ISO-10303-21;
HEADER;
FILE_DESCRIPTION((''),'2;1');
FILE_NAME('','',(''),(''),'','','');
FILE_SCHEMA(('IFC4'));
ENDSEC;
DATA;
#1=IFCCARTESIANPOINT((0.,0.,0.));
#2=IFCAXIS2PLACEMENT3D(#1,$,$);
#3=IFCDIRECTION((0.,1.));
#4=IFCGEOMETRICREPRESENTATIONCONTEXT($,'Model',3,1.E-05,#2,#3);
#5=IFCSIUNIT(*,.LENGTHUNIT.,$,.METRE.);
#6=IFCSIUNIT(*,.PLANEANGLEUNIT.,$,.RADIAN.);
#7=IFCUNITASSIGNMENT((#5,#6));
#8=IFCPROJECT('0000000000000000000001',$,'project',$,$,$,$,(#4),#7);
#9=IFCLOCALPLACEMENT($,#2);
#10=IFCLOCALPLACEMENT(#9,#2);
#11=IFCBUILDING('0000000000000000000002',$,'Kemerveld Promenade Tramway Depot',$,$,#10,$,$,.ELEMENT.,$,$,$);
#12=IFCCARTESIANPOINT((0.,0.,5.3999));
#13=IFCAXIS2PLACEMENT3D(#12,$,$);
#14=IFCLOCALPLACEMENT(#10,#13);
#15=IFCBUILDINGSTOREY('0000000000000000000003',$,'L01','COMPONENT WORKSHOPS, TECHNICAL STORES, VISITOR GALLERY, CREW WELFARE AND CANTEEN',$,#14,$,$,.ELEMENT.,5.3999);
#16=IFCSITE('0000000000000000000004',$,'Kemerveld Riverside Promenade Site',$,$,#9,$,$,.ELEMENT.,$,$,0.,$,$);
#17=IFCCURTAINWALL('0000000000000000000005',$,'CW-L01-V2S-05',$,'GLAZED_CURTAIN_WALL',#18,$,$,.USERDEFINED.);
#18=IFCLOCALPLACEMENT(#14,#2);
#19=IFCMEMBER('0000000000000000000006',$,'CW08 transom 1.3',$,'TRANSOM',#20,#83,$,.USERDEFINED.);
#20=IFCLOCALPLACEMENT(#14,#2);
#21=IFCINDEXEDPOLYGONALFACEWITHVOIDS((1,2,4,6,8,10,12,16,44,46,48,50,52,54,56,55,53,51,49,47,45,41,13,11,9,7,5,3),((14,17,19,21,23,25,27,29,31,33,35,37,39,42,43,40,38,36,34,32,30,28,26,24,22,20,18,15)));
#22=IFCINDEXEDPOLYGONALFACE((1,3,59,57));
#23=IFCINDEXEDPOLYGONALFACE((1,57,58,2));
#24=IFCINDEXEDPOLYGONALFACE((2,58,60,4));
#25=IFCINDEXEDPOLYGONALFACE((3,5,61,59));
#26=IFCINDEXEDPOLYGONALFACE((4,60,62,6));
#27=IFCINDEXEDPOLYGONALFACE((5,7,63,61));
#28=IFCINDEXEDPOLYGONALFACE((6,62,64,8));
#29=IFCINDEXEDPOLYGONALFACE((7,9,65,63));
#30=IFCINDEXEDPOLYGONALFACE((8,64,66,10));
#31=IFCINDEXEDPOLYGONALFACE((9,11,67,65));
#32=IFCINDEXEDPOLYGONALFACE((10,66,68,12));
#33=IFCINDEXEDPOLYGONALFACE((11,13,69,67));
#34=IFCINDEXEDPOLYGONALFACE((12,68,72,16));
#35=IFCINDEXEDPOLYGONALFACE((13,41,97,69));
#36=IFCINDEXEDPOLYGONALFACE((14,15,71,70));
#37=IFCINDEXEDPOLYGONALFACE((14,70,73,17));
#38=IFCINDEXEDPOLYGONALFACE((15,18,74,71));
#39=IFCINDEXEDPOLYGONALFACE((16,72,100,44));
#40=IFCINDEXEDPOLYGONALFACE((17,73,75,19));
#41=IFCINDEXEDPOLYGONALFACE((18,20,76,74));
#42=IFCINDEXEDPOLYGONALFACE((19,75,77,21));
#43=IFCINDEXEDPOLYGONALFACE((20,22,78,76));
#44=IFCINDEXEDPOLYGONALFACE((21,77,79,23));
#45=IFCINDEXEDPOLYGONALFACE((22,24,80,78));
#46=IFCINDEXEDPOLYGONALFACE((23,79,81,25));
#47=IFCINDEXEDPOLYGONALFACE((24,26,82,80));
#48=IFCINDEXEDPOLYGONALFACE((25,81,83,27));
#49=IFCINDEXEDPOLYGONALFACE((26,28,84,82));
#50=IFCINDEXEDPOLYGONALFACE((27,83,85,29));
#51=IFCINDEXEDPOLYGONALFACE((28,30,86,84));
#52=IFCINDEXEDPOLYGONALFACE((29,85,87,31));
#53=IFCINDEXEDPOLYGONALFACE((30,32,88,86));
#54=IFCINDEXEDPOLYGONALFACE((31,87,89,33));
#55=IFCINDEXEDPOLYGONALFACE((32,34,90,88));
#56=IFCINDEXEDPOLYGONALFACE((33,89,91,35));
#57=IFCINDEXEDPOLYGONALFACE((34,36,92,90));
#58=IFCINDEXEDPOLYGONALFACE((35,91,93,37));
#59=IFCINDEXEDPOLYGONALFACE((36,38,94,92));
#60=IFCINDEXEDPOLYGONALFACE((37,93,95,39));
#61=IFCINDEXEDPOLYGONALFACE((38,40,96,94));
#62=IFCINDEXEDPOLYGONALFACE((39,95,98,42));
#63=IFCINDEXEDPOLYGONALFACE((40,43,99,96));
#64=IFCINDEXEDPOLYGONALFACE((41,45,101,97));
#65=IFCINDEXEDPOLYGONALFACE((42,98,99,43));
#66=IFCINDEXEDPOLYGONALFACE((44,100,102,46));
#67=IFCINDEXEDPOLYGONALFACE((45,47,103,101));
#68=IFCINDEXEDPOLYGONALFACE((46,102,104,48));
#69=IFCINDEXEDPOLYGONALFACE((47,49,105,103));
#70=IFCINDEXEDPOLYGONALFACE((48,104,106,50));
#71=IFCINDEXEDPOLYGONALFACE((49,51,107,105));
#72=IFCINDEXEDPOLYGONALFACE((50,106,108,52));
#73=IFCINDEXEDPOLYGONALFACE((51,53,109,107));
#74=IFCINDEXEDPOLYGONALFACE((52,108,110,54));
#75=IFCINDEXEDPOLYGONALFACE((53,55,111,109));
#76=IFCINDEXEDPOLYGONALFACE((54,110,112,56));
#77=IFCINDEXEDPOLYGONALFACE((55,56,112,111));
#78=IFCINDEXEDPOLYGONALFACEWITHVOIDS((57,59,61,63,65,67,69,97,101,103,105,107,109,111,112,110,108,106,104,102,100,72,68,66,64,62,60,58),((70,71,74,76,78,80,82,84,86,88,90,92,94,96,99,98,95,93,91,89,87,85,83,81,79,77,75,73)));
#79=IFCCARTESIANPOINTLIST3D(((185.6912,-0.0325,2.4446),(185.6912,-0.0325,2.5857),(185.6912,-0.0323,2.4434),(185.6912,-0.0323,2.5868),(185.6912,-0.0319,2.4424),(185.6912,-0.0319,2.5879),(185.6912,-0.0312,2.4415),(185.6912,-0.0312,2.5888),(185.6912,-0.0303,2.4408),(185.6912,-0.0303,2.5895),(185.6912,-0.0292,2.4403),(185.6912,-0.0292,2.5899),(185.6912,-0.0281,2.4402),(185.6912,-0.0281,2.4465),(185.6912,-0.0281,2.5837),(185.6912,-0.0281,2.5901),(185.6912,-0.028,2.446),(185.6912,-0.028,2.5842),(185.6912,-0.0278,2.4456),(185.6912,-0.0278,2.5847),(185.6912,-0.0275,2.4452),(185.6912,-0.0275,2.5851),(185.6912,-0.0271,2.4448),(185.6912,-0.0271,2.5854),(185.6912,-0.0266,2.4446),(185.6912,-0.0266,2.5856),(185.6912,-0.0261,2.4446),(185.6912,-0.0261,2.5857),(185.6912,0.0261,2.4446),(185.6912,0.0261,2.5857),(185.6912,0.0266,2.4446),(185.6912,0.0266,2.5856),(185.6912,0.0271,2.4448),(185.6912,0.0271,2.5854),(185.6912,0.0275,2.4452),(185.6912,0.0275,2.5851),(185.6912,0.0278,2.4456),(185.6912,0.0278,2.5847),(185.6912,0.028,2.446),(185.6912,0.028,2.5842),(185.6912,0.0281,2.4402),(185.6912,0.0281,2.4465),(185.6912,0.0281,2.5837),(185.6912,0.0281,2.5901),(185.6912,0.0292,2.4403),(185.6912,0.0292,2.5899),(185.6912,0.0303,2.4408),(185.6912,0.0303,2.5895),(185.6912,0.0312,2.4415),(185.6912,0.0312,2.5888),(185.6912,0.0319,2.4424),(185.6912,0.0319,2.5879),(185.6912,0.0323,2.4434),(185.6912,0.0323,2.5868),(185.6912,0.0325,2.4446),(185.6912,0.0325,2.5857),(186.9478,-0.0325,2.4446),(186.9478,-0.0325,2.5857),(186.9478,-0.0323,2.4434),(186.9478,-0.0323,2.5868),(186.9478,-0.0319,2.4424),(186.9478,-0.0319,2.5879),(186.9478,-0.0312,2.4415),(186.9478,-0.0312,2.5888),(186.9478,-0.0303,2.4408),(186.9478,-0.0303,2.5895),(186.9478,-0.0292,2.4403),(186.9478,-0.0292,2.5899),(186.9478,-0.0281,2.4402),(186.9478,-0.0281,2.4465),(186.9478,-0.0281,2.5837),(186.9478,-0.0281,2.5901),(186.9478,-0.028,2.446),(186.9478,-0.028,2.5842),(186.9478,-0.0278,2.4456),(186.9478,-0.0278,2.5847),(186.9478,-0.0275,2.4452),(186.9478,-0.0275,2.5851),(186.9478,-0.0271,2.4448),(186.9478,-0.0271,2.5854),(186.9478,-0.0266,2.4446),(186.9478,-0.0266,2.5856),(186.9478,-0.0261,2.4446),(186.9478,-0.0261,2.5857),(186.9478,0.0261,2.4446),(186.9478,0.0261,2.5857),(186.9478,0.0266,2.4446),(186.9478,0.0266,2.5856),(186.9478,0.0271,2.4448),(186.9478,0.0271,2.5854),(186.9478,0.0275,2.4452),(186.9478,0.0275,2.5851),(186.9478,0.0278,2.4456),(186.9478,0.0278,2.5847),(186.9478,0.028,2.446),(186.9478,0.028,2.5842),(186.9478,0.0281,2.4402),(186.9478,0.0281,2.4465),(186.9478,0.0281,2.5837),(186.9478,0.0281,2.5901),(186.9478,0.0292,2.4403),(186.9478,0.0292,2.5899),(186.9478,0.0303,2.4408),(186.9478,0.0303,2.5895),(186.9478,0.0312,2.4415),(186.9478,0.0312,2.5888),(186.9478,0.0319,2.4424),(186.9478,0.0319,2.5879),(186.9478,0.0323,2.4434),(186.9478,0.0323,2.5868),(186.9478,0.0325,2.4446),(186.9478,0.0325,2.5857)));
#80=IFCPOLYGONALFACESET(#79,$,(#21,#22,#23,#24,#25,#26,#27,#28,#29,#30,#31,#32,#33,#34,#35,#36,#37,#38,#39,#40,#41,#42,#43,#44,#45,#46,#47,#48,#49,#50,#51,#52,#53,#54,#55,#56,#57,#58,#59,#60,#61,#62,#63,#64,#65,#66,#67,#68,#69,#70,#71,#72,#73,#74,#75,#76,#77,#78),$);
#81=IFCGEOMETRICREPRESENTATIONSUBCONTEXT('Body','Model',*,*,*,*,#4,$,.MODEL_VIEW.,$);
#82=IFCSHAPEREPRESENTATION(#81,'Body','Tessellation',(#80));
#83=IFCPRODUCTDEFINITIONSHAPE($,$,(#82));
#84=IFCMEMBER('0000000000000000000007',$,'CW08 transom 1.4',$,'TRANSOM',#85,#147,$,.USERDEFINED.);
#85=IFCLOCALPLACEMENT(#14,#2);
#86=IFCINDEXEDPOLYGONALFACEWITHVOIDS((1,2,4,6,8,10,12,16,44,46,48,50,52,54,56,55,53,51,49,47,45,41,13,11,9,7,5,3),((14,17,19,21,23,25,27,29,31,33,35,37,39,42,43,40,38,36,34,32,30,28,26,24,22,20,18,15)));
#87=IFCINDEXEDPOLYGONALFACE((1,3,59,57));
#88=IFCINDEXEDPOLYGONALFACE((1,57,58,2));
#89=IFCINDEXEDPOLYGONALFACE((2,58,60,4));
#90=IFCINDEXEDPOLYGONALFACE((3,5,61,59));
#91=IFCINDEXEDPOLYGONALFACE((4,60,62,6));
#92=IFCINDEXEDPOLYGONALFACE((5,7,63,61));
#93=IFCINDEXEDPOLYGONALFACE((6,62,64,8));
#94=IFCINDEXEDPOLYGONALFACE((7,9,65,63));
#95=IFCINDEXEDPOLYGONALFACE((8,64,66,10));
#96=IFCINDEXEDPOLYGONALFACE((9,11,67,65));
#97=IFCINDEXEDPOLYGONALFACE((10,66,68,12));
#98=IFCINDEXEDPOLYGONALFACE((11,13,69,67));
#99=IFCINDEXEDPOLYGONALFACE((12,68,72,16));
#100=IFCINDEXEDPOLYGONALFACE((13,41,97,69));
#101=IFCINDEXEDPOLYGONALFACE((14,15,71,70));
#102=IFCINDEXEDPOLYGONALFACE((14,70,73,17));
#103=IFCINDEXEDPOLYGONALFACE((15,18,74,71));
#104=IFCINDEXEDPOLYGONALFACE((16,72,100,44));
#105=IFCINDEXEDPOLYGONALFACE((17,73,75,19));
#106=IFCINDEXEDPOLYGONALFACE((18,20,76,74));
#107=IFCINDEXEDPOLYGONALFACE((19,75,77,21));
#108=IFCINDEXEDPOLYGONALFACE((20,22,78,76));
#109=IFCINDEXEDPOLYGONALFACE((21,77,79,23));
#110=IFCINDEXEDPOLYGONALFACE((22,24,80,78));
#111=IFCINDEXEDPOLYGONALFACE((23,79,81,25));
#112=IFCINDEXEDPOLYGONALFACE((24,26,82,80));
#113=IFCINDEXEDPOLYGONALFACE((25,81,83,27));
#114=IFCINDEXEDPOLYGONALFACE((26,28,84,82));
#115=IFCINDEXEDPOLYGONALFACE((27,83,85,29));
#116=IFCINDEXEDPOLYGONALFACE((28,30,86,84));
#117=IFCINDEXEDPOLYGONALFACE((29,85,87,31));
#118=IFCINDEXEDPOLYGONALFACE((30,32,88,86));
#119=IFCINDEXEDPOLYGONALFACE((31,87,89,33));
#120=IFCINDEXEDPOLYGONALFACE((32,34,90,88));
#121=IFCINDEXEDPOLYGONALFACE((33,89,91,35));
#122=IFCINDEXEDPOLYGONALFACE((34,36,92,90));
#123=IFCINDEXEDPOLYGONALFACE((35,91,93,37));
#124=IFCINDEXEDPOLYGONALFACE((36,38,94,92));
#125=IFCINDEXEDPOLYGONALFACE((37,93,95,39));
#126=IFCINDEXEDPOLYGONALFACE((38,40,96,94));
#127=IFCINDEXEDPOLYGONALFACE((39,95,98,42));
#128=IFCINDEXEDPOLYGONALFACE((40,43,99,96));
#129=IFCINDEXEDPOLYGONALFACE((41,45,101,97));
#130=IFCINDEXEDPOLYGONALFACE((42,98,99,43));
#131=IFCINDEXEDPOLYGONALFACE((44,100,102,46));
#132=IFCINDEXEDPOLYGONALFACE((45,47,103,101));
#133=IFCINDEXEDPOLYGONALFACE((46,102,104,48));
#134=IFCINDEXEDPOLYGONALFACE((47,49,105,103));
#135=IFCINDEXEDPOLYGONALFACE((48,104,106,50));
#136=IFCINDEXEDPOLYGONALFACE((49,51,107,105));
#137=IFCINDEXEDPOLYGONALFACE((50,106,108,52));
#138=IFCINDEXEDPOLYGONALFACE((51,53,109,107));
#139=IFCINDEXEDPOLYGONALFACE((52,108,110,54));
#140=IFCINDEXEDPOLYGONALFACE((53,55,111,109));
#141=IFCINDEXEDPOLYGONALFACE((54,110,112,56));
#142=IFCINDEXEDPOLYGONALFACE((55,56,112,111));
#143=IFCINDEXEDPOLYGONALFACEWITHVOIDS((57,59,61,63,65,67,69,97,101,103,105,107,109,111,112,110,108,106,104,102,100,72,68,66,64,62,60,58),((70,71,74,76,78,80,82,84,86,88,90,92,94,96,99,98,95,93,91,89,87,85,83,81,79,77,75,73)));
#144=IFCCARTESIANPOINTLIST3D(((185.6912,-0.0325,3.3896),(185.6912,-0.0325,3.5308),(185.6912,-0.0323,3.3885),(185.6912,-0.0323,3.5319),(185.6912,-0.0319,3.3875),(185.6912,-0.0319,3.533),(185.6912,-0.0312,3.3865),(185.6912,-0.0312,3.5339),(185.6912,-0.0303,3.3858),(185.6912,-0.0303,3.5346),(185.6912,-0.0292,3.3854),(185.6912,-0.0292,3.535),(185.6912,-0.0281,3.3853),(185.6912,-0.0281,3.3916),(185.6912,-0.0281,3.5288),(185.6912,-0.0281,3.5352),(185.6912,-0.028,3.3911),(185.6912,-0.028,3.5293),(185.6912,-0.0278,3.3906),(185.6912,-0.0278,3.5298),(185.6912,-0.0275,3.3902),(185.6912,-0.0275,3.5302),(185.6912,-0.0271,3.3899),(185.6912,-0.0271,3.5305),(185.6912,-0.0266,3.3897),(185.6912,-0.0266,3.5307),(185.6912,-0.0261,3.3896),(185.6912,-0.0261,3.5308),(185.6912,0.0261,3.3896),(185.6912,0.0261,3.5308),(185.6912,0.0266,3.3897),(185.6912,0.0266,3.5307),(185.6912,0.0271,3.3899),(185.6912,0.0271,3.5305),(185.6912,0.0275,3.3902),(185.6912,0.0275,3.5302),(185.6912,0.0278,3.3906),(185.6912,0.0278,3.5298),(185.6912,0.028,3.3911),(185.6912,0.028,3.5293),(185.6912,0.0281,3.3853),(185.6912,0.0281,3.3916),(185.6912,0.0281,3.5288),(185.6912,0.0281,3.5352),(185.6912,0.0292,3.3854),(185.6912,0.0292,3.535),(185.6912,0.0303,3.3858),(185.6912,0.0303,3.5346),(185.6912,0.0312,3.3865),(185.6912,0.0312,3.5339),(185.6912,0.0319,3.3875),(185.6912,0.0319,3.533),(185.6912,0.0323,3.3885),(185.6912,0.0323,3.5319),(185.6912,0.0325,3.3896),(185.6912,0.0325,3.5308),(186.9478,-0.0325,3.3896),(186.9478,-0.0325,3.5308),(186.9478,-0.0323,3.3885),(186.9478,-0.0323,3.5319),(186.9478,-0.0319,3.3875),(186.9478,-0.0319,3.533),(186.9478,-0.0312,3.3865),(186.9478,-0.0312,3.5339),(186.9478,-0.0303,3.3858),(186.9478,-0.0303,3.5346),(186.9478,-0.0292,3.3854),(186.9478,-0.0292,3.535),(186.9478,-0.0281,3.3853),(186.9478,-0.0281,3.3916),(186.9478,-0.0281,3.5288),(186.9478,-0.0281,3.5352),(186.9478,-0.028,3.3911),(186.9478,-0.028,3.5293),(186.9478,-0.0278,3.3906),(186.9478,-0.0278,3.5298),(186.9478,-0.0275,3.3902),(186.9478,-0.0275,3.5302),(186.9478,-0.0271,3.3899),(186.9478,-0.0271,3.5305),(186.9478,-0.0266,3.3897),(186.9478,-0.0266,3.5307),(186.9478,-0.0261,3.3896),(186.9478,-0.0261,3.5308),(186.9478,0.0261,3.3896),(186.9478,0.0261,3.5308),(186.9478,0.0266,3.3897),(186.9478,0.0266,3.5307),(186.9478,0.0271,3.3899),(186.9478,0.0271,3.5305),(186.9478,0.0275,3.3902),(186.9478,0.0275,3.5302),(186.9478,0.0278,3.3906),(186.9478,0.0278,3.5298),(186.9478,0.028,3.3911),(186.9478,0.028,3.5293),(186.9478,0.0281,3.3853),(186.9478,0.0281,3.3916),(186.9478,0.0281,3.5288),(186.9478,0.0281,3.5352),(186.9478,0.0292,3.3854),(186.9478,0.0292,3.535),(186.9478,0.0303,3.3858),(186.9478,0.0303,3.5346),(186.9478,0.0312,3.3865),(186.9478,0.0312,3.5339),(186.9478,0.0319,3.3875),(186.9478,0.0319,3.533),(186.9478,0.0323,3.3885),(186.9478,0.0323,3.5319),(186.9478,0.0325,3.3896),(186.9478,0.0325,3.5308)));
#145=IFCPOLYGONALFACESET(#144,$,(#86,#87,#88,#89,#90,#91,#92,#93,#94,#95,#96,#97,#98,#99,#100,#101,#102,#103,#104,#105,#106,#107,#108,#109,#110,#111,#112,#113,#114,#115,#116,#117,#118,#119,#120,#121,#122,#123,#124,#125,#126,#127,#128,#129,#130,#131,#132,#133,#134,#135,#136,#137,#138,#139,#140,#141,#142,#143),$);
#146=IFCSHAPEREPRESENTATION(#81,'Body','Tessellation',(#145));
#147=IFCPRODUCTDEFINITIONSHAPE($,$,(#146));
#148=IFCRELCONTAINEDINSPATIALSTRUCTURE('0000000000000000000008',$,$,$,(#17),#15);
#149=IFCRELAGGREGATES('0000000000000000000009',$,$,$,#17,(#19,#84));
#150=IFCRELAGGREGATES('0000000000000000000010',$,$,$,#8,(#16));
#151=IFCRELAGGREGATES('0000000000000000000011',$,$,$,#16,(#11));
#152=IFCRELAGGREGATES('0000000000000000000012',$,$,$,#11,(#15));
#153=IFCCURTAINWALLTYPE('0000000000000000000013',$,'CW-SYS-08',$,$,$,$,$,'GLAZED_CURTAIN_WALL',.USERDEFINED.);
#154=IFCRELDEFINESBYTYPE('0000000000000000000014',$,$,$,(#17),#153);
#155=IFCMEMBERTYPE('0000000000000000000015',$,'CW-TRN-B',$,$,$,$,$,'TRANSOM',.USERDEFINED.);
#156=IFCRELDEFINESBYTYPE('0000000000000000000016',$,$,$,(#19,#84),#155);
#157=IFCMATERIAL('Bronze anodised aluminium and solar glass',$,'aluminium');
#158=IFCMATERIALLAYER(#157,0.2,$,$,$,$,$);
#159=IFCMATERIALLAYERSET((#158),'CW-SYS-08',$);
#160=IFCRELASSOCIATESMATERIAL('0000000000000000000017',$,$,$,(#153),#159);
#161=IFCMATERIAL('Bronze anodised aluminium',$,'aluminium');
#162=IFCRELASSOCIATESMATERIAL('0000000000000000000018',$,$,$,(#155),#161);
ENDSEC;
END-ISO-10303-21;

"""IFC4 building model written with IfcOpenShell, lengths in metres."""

from ifc_helpers import new_model, si_unit, direction, frame, origin, origin_2d, place, context, subcontext, project, spatial, hollow_rectangle, extrude, material, layer, layer_set, material_profile, profile_set, type_object, element, aggregate, save


model = new_model("IFC4")

# Units and contexts
model_context = context("Model", 3, precision=1e-05, world=origin(), true_north=direction((0.0, 1.0)))
body_context = subcontext(model_context, "Body", "Model", "MODEL_VIEW")
ifc_project = project(units=[si_unit("LENGTHUNIT", "METRE"), si_unit("PLANEANGLEUNIT", "RADIAN")], contexts=[model_context])

# Site, building, storey
site_placement = place(None, origin())
site = spatial("IfcSite", under=ifc_project, at=site_placement, Name="Kemerveld Riverside Promenade Site", CompositionType="ELEMENT", RefElevation=0.0)
building_placement = place(site_placement, origin())
building = spatial("IfcBuilding", under=site, at=building_placement, Name="Kemerveld Promenade Tramway Depot", CompositionType="ELEMENT")
storey_placement = place(building_placement, frame((0.0, 0.0, 5.3999)))
storey = spatial("IfcBuildingStorey", under=building, at=storey_placement, Name="L01", Description="COMPONENT WORKSHOPS, TECHNICAL STORES, VISITOR GALLERY, CREW WELFARE AND CANTEEN", CompositionType="ELEMENT", Elevation=5.3999)

# Curtain wall, members
ifc_material_1 = material(Name="Bronze anodised aluminium and solar glass", Category="aluminium")
ifc_layer_1 = layer(ifc_material_1, 0.2)
ifc_layer_set_1 = layer_set([ifc_layer_1], Name="CW-SYS-08")
curtain_wall_type = type_object("IfcCurtainWallType", Name="CW-SYS-08", ElementType="GLAZED_CURTAIN_WALL", PredefinedType="USERDEFINED", material=ifc_layer_set_1)
curtain_wall_placement = place(storey_placement, origin())
curtain_wall = element("IfcCurtainWall", 1, at=curtain_wall_placement, inside=storey, type_object=curtain_wall_type, Name="CW-L01-V2S-05", ObjectType="GLAZED_CURTAIN_WALL", PredefinedType="USERDEFINED")
ifc_material_2 = material(Name="Bronze anodised aluminium", Category="aluminium")
ifc_material_profile_1 = material_profile(ifc_material_2, hollow_rectangle(XDim=0.0649, YDim=0.1499, WallThickness=0.0044, InnerFilletRadius=0.002, OuterFilletRadius=0.0044, at=origin_2d()), Name="CW-TRN-150x65")
ifc_profile_set_1 = profile_set([ifc_material_profile_1], Name="Bronze anodised aluminium")
member_type_1 = type_object("IfcMemberType", Name="CW-TRN-B", ElementType="TRANSOM", PredefinedType="USERDEFINED", material=ifc_profile_set_1)
member_1_placement = place(storey_placement, frame((186.9478, 0.0, 2.5151), z_axis=(-1.0, 0.0, 0.0), x_axis=(0.0, -1.0, 0.0)))
member_1 = element("IfcMember", 2, at=member_1_placement, type_object=member_type_1, Name="CW08 transom 1.3", ObjectType="TRANSOM", PredefinedType="USERDEFINED", context=body_context, shape_type="SweptSolid", body=[
    extrude(hollow_rectangle(XDim=0.0649, YDim=0.1499, WallThickness=0.0044, InnerFilletRadius=0.002, OuterFilletRadius=0.0044, at=origin_2d()), origin(), (0.0, 0.0, 1.0), 1.2566),
])
member_2_placement = place(storey_placement, frame((186.9478, 0.0, 3.4602), z_axis=(-1.0, 0.0, 0.0), x_axis=(0.0, -1.0, 0.0)))
member_2 = element("IfcMember", 3, at=member_2_placement, type_object=member_type_1, Name="CW08 transom 1.4", ObjectType="TRANSOM", PredefinedType="USERDEFINED", context=body_context, shape_type="SweptSolid", body=[
    extrude(hollow_rectangle(XDim=0.0649, YDim=0.1499, WallThickness=0.0044, InnerFilletRadius=0.002, OuterFilletRadius=0.0044, at=origin_2d()), origin(), (0.0, 0.0, 1.0), 1.2566),
])
aggregate(curtain_wall, [member_1, member_2])

save(model, "model.ifc")
